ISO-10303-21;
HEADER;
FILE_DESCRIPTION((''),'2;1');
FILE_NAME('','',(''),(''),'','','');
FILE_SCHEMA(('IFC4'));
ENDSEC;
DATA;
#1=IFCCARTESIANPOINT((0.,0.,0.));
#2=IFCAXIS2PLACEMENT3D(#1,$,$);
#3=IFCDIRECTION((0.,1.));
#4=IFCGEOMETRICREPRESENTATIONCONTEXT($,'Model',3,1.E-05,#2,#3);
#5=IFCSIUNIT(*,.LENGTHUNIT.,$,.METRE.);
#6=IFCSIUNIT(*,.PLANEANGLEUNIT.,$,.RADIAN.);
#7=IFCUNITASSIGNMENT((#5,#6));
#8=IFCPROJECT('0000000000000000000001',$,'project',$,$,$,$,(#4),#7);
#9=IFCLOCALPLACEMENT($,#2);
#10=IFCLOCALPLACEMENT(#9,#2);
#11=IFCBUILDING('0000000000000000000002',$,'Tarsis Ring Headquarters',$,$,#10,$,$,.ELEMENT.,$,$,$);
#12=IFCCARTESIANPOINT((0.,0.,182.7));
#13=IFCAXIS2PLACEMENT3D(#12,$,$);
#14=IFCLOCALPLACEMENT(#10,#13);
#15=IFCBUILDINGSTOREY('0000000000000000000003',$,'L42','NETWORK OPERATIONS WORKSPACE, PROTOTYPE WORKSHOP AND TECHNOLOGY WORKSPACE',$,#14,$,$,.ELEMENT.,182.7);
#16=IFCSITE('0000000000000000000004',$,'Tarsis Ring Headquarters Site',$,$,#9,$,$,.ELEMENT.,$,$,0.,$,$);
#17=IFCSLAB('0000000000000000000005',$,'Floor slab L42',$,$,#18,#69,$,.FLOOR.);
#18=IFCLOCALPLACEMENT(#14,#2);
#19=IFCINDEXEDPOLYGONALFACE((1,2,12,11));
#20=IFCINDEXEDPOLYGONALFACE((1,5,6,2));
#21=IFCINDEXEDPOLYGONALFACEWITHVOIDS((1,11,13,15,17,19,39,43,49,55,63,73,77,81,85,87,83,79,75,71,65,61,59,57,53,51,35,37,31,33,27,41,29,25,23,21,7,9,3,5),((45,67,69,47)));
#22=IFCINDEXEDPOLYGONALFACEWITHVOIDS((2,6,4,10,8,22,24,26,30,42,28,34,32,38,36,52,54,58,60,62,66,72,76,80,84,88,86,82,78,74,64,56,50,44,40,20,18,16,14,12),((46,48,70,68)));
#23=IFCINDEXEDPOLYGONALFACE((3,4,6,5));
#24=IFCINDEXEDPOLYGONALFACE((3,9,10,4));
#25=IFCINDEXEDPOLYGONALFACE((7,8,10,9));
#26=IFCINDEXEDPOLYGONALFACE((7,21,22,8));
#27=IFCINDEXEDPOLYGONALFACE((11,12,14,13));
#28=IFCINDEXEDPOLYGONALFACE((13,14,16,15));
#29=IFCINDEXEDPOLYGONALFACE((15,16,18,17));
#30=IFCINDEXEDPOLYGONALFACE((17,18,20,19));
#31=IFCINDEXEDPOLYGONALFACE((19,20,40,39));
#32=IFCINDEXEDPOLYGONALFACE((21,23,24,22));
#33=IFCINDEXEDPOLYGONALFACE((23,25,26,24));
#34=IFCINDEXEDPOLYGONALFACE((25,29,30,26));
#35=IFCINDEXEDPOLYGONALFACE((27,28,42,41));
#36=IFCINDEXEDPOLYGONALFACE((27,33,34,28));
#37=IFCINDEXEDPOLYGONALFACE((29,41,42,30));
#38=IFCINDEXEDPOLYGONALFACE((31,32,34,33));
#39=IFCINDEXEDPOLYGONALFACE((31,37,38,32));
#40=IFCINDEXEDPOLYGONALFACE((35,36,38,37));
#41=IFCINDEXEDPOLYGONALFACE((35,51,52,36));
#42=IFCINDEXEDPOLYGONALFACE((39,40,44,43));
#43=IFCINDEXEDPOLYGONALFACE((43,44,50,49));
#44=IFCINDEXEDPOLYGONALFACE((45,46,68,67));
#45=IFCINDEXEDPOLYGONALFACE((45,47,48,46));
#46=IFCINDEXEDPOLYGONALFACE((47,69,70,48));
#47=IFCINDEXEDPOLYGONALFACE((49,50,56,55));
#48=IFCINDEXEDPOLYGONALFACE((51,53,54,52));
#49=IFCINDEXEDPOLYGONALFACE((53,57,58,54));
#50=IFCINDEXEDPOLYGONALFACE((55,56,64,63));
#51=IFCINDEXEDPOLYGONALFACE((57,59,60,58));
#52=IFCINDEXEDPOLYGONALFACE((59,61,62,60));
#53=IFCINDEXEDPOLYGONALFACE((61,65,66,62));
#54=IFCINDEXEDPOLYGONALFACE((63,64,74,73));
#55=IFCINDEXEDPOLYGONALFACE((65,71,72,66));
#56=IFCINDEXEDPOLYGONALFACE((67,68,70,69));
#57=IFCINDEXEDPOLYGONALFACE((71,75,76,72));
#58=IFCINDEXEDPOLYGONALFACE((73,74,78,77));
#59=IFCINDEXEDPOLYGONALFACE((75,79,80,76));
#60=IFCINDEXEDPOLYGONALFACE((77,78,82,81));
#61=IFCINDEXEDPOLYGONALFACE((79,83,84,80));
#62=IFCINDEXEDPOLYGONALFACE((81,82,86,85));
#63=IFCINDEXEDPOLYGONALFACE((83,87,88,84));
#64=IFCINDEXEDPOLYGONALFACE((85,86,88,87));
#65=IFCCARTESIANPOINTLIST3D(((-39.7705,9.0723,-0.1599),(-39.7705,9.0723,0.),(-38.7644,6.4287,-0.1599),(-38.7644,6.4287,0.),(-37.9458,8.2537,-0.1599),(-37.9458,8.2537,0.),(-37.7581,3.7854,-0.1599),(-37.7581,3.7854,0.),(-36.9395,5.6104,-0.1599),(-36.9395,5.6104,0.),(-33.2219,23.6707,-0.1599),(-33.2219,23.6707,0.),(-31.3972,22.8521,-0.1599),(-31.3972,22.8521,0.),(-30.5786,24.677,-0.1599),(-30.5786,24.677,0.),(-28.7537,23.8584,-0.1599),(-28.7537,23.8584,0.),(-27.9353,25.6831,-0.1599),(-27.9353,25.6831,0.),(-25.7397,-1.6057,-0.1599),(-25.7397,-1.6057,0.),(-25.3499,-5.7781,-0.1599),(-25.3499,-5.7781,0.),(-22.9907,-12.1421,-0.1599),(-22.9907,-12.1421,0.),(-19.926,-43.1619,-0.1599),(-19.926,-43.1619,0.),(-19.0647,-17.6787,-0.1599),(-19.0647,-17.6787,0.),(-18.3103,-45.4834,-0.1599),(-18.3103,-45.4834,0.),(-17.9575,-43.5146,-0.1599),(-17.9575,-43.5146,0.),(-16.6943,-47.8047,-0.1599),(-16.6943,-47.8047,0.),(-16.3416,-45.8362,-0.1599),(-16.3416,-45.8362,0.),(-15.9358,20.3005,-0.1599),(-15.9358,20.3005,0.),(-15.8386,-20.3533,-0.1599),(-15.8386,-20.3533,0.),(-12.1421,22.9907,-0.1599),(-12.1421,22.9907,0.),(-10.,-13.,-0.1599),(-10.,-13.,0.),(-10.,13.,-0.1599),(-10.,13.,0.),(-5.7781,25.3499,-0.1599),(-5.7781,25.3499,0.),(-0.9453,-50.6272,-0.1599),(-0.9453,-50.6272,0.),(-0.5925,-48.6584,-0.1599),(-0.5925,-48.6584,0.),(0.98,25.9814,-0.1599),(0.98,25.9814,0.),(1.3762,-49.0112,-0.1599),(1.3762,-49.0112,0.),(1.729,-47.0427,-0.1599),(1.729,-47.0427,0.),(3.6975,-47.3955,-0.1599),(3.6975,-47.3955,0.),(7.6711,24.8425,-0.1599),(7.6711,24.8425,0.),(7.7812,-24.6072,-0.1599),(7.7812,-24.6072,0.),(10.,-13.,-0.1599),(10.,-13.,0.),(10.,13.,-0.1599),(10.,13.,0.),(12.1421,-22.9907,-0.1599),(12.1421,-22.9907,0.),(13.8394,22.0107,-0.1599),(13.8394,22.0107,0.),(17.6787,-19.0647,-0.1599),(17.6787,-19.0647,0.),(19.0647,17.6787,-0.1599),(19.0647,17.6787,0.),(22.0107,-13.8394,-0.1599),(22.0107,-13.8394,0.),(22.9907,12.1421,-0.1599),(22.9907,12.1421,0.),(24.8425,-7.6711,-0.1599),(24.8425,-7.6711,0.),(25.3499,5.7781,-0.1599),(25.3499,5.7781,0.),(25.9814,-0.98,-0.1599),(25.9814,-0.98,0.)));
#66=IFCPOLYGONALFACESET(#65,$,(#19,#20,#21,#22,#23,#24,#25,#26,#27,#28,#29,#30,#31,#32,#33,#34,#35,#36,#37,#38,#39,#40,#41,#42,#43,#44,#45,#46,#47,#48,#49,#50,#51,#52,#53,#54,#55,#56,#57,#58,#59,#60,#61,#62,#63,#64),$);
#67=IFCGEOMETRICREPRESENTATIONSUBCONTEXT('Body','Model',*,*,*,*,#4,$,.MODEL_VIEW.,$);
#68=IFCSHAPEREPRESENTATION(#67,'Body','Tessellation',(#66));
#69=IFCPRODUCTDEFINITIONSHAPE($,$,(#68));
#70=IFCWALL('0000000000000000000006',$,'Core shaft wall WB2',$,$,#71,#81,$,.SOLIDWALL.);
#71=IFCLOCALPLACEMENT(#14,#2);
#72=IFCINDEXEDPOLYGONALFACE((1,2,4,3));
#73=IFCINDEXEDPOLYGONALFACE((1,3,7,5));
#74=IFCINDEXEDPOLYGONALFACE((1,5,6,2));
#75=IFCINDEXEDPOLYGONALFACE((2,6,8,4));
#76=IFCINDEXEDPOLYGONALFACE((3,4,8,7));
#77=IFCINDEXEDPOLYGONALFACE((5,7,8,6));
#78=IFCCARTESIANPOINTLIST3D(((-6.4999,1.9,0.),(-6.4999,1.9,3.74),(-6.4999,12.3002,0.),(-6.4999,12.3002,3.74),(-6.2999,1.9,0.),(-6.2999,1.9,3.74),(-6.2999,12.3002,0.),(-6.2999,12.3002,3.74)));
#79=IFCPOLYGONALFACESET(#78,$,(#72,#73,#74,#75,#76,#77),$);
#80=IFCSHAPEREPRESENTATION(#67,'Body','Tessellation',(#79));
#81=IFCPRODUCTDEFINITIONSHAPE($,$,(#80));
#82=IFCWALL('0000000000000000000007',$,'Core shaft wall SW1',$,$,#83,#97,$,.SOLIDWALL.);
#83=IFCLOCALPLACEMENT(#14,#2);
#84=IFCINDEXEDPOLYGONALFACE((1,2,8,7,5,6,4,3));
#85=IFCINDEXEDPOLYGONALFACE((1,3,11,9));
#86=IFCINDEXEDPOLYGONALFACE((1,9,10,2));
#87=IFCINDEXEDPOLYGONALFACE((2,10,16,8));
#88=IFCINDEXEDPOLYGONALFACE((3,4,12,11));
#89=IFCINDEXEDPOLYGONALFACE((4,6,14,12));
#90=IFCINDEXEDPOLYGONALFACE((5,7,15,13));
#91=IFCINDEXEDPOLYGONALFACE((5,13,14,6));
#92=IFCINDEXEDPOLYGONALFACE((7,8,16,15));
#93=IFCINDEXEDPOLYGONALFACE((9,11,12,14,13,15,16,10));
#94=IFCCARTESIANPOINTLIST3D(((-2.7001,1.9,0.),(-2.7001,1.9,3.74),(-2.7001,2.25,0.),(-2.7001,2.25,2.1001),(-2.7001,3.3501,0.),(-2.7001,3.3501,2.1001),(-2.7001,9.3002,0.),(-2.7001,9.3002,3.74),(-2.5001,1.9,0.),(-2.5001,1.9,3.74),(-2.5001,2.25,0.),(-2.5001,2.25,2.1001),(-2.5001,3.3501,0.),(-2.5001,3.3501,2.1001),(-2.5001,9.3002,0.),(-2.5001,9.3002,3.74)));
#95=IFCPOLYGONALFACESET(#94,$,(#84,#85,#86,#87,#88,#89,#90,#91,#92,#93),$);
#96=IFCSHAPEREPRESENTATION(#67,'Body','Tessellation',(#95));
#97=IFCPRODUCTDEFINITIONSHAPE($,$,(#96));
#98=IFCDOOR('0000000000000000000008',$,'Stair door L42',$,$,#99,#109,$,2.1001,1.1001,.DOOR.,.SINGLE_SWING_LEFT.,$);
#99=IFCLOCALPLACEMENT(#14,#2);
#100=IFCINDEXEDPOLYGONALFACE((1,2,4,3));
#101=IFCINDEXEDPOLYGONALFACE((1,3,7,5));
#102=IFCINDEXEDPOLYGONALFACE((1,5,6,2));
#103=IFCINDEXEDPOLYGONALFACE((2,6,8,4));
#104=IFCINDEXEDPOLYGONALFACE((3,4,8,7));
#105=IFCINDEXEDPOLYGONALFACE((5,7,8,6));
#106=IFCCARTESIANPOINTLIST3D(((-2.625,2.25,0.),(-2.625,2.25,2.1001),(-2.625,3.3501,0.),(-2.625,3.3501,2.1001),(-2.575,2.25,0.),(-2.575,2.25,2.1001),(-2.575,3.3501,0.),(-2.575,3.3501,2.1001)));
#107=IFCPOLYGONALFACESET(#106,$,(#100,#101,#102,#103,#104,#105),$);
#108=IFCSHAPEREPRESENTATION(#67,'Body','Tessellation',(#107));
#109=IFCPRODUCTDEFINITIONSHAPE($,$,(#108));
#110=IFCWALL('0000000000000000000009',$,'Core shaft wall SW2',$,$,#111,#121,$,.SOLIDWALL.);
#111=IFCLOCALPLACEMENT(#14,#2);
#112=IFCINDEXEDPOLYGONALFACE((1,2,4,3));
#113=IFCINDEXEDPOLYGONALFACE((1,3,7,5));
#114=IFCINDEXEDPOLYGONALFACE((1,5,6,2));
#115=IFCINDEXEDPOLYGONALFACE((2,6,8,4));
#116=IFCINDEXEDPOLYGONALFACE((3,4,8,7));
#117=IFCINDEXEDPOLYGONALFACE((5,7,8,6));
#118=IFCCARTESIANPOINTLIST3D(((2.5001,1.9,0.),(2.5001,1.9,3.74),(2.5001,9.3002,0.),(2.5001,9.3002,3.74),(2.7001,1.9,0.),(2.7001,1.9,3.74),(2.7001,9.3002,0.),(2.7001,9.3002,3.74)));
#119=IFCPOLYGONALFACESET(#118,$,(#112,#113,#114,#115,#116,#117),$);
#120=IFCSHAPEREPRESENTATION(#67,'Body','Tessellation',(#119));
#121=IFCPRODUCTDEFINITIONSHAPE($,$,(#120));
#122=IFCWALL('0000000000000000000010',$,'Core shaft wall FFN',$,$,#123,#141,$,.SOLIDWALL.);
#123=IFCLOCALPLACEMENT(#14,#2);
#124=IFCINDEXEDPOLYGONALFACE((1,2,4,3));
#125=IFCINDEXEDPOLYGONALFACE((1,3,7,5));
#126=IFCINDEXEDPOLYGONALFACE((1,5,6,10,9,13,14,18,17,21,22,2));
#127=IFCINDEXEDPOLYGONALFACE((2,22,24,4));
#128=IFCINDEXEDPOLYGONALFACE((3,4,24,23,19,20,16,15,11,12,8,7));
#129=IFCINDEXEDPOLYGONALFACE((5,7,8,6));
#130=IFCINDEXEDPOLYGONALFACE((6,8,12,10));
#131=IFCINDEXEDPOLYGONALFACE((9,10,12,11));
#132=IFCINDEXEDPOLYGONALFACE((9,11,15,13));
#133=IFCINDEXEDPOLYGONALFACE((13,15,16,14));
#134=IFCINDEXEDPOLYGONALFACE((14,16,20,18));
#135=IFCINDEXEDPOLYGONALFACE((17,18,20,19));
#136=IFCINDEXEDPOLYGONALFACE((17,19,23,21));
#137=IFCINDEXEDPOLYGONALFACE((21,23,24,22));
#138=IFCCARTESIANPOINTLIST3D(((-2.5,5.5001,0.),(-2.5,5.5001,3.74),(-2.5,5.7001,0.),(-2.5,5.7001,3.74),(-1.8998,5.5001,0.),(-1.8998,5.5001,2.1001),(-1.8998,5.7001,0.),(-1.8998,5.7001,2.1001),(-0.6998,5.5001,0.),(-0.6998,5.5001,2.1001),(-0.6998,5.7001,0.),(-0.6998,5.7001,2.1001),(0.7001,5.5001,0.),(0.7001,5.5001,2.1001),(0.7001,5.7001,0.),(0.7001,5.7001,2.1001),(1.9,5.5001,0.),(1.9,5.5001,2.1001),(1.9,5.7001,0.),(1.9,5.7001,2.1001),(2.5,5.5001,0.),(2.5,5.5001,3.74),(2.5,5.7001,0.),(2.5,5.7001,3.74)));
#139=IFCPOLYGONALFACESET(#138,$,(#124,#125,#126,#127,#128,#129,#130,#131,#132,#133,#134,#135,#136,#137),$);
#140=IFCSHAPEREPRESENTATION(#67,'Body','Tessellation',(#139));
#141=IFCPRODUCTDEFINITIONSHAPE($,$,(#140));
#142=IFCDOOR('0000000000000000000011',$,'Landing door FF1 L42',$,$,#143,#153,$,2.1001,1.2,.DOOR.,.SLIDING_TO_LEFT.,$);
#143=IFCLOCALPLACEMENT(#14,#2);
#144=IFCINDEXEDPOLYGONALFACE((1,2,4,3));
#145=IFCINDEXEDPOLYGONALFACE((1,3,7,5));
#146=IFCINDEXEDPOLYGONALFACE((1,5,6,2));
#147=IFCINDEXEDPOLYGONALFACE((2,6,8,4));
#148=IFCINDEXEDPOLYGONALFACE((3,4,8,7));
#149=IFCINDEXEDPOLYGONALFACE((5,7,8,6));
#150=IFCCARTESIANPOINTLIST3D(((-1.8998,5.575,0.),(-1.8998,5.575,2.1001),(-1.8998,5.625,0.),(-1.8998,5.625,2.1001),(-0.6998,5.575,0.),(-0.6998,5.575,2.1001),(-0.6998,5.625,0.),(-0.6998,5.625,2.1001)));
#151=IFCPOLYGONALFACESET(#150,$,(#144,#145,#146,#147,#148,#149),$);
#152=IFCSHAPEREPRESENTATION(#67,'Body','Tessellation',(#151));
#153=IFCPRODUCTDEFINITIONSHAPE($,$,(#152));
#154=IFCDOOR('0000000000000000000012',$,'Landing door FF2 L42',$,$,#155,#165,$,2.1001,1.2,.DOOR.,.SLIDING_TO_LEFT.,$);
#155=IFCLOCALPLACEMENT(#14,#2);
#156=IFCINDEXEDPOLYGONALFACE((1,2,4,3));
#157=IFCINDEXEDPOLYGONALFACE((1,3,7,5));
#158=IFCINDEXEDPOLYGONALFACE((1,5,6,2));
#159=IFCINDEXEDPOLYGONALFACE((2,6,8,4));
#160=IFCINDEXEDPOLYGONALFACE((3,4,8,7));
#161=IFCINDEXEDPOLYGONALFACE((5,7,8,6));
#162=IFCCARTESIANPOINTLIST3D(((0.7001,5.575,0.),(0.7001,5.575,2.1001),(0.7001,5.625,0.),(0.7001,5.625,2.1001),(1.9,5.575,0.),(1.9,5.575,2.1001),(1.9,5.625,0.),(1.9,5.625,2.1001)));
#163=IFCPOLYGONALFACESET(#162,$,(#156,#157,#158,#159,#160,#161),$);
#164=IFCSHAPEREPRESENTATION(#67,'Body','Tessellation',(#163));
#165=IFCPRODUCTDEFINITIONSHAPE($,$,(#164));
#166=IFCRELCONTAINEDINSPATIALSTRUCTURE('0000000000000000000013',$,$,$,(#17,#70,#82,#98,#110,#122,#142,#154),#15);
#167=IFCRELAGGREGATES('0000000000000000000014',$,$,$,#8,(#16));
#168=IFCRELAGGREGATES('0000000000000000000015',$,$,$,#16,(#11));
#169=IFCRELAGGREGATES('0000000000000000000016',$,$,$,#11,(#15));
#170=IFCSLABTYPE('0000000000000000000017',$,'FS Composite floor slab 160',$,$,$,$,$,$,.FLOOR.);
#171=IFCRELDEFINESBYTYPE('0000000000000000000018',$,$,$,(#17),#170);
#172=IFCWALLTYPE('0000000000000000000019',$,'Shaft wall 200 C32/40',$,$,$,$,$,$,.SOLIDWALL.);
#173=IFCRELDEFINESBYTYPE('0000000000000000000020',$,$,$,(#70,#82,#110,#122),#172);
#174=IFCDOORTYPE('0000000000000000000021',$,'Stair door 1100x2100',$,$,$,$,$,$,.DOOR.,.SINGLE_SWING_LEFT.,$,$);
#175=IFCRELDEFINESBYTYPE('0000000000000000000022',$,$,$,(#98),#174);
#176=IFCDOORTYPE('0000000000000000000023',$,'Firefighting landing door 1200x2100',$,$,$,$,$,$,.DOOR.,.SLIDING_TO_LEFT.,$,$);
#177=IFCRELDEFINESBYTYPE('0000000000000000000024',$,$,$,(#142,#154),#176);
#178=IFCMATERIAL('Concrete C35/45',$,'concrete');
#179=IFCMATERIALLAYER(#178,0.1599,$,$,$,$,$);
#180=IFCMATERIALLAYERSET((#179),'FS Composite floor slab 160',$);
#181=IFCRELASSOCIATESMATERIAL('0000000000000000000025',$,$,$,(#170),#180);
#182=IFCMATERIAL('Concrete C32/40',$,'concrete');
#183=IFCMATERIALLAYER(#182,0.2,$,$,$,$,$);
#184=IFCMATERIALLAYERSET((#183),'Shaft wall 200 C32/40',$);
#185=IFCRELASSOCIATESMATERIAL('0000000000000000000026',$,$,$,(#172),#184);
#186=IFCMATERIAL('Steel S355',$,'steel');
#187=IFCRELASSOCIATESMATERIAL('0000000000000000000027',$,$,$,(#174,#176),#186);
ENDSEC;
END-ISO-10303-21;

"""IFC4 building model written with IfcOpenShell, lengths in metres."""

from ifc_helpers import new_model, si_unit, direction, frame, frame_2d, origin, place, context, subcontext, project, spatial, polyline, rectangle, outline, extrude, material, layer, layer_set, type_object, element, fill, save


model = new_model("IFC4")

# Units and contexts
model_context = context("Model", 3, precision=1e-05, world=origin(), true_north=direction((0.0, 1.0)))
body_context = subcontext(model_context, "Body", "Model", "MODEL_VIEW")
ifc_project = project(units=[si_unit("LENGTHUNIT", "METRE"), si_unit("PLANEANGLEUNIT", "RADIAN")], contexts=[model_context])

# Site, building, storey
site_placement = place(None, origin())
site = spatial("IfcSite", under=ifc_project, at=site_placement, Name="Tarsis Ring Headquarters Site", CompositionType="ELEMENT", RefElevation=0.0)
building_placement = place(site_placement, origin())
building = spatial("IfcBuilding", under=site, at=building_placement, Name="Tarsis Ring Headquarters", CompositionType="ELEMENT")
storey_placement = place(building_placement, frame((0.0, 0.0, 182.7)))
storey = spatial("IfcBuildingStorey", under=building, at=storey_placement, Name="L42", Description="NETWORK OPERATIONS WORKSPACE, PROTOTYPE WORKSHOP AND TECHNOLOGY WORKSPACE", CompositionType="ELEMENT", Elevation=182.7)

# Slab
ifc_material_1 = material(Name="Concrete C35/45", Category="concrete")
ifc_layer_1 = layer(ifc_material_1, 0.1599)
ifc_layer_set_1 = layer_set([ifc_layer_1], Name="FS Composite floor slab 160")
slab_type_1 = type_object("IfcSlabType", Name="FS Composite floor slab 160", PredefinedType="FLOOR", material=ifc_layer_set_1)
slab_1_placement = place(storey_placement, frame((0.0, 0.0, -0.1599)))
element("IfcSlab", 1, at=slab_1_placement, inside=storey, type_object=slab_type_1, Name="Floor slab L42", PredefinedType="FLOOR", context=body_context, shape_type="SweptSolid", body=[
    extrude(outline(polyline([(-25.7397, -1.6057), (-25.3499, -5.7781), (-22.9907, -12.1421), (-19.0647, -17.6787), (-15.8386, -20.3533), (-19.926, -43.1619), (-17.9575, -43.5146), (-18.3103, -45.4834), (-16.3416, -45.8362), (-16.6943, -47.8047), (-0.9453, -50.6272), (-0.5925, -48.6584), (1.3762, -49.0112), (1.729, -47.0427), (3.6975, -47.3955), (7.7812, -24.6072), (12.1421, -22.9907), (17.6787, -19.0647), (22.0107, -13.8394), (24.8425, -7.6711), (25.9814, -0.98), (25.3499, 5.7781), (22.9907, 12.1421), (19.0647, 17.6787), (13.8394, 22.0107), (7.6711, 24.8425), (0.98, 25.9814), (-5.7781, 25.3499), (-12.1421, 22.9907), (-15.9358, 20.3005), (-27.9353, 25.6831), (-28.7537, 23.8584), (-30.5786, 24.677), (-31.3972, 22.8521), (-33.2219, 23.6707), (-39.7705, 9.0723), (-37.9458, 8.2537), (-38.7644, 6.4287), (-36.9395, 5.6104), (-37.7581, 3.7854), (-25.7397, -1.6057)]), holes=[polyline([(-10.0, -13.0), (-10.0, 13.0), (10.0, 13.0), (10.0, -13.0), (-10.0, -13.0)])]), origin(), (0.0, 0.0, 1.0), 0.1599),
])

# Wall
ifc_material_2 = material(Name="Concrete C32/40", Category="concrete")
ifc_layer_2 = layer(ifc_material_2, 0.2)
ifc_layer_set_2 = layer_set([ifc_layer_2], Name="Shaft wall 200 C32/40")
wall_type = type_object("IfcWallType", Name="Shaft wall 200 C32/40", PredefinedType="SOLIDWALL", material=ifc_layer_set_2)
wall_1_placement = place(storey_placement, frame((-6.3999, 1.8999, 0.0), z_axis=(0.0, 0.0, 1.0), x_axis=(0.0, 1.0, 0.0)))
element("IfcWall", 2, at=wall_1_placement, inside=storey, type_object=wall_type, Name="Core shaft wall WB2", PredefinedType="SOLIDWALL", context=body_context, shape_type="SweptSolid", body=[
    extrude(rectangle(XDim=10.4001, YDim=0.2, at=frame_2d((5.2002, 0.0))), origin(), (0.0, 0.0, 1.0), 3.74),
])

# Wall, opening, door
wall_2_placement = place(storey_placement, frame((-2.6001, 1.8999, 0.0), z_axis=(0.0, 0.0, 1.0), x_axis=(0.0, 1.0, 0.0)))
wall_2 = element("IfcWall", 3, at=wall_2_placement, inside=storey, type_object=wall_type, Name="Core shaft wall SW1", PredefinedType="SOLIDWALL", context=body_context, shape_type="SweptSolid", body=[
    extrude(rectangle(XDim=7.4001, YDim=0.2, at=frame_2d((3.7002, 0.0))), origin(), (0.0, 0.0, 1.0), 3.74),
])
opening_1_placement = place(wall_2_placement, frame((0.3501, 0.0, 0.0)))
opening_1 = element("IfcOpeningElement", 4, at=opening_1_placement, cuts=wall_2, PredefinedType="OPENING", context=body_context, shape_type="SweptSolid", body=[
    extrude(rectangle(XDim=1.1001, YDim=2.1001, at=frame_2d((0.55, 1.05))), frame((0.0, 0.1099, 0.0), z_axis=(0.0, -1.0, 0.0), x_axis=(1.0, 0.0, 0.0)), (0.0, 0.0, 1.0), 0.22),
])
ifc_material_3 = material(Name="Steel S355", Category="steel")
door_type_1 = type_object("IfcDoorType", Name="Stair door 1100x2100", OperationType="SINGLE_SWING_LEFT", PredefinedType="DOOR", material=ifc_material_3)
door_1_placement = place(opening_1_placement, origin())
door_1 = element("IfcDoor", 5, at=door_1_placement, inside=storey, type_object=door_type_1, Name="Stair door L42", OperationType="SINGLE_SWING_LEFT", OverallHeight=2.1001, OverallWidth=1.1001, PredefinedType="DOOR", context=body_context, shape_type="SweptSolid", body=[
    extrude(rectangle(XDim=1.1001, YDim=2.1001, at=frame_2d((0.55, 1.05))), frame((0.0, 0.0249, 0.0), z_axis=(0.0, -1.0, 0.0), x_axis=(1.0, 0.0, 0.0)), (0.0, 0.0, 1.0), 0.05),
])
fill(opening_1, door_1)

# Wall
wall_3_placement = place(storey_placement, frame((2.6001, 1.8999, 0.0), z_axis=(0.0, 0.0, 1.0), x_axis=(0.0, 1.0, 0.0)))
element("IfcWall", 6, at=wall_3_placement, inside=storey, type_object=wall_type, Name="Core shaft wall SW2", PredefinedType="SOLIDWALL", context=body_context, shape_type="SweptSolid", body=[
    extrude(rectangle(XDim=7.4001, YDim=0.2, at=frame_2d((3.7002, 0.0))), origin(), (0.0, 0.0, 1.0), 3.74),
])

# Wall, openings, doors
wall_4_placement = place(storey_placement, frame((-2.5, 5.6001, 0.0), z_axis=(0.0, 0.0, 1.0), x_axis=(1.0, 0.0, 0.0)))
wall_4 = element("IfcWall", 7, at=wall_4_placement, inside=storey, type_object=wall_type, Name="Core shaft wall FFN", PredefinedType="SOLIDWALL", context=body_context, shape_type="SweptSolid", body=[
    extrude(rectangle(XDim=5.0, YDim=0.2, at=frame_2d((2.5, 0.0))), origin(), (0.0, 0.0, 1.0), 3.74),
])
opening_2_placement = place(wall_4_placement, frame((0.6001, 0.0, 0.0)))
opening_2 = element("IfcOpeningElement", 8, at=opening_2_placement, cuts=wall_4, PredefinedType="OPENING", context=body_context, shape_type="SweptSolid", body=[
    extrude(rectangle(XDim=1.2, YDim=2.1001, at=frame_2d((0.6001, 1.05))), frame((0.0, 0.1099, 0.0), z_axis=(0.0, -1.0, 0.0), x_axis=(1.0, 0.0, 0.0)), (0.0, 0.0, 1.0), 0.22),
])
opening_3_placement = place(wall_4_placement, frame((3.2, 0.0, 0.0)))
opening_3 = element("IfcOpeningElement", 9, at=opening_3_placement, cuts=wall_4, PredefinedType="OPENING", context=body_context, shape_type="SweptSolid", body=[
    extrude(rectangle(XDim=1.2, YDim=2.1001, at=frame_2d((0.6001, 1.05))), frame((0.0, 0.1099, 0.0), z_axis=(0.0, -1.0, 0.0), x_axis=(1.0, 0.0, 0.0)), (0.0, 0.0, 1.0), 0.22),
])
door_type_2 = type_object("IfcDoorType", Name="Firefighting landing door 1200x2100", OperationType="SLIDING_TO_LEFT", PredefinedType="DOOR", material=ifc_material_3)
door_2_placement = place(opening_2_placement, origin())
door_2 = element("IfcDoor", 10, at=door_2_placement, inside=storey, type_object=door_type_2, Name="Landing door FF1 L42", OperationType="SLIDING_TO_LEFT", OverallHeight=2.1001, OverallWidth=1.2, PredefinedType="DOOR", context=body_context, shape_type="SweptSolid", body=[
    extrude(rectangle(XDim=1.2, YDim=2.1001, at=frame_2d((0.6001, 1.05))), frame((0.0, 0.0249, 0.0), z_axis=(0.0, -1.0, 0.0), x_axis=(1.0, 0.0, 0.0)), (0.0, 0.0, 1.0), 0.05),
])
fill(opening_2, door_2)
door_3_placement = place(opening_3_placement, origin())
door_3 = element("IfcDoor", 11, at=door_3_placement, inside=storey, type_object=door_type_2, Name="Landing door FF2 L42", OperationType="SLIDING_TO_LEFT", OverallHeight=2.1001, OverallWidth=1.2, PredefinedType="DOOR", context=body_context, shape_type="SweptSolid", body=[
    extrude(rectangle(XDim=1.2, YDim=2.1001, at=frame_2d((0.6001, 1.05))), frame((0.0, 0.0249, 0.0), z_axis=(0.0, -1.0, 0.0), x_axis=(1.0, 0.0, 0.0)), (0.0, 0.0, 1.0), 0.05),
])
fill(opening_3, door_3)

save(model, "model.ifc")
